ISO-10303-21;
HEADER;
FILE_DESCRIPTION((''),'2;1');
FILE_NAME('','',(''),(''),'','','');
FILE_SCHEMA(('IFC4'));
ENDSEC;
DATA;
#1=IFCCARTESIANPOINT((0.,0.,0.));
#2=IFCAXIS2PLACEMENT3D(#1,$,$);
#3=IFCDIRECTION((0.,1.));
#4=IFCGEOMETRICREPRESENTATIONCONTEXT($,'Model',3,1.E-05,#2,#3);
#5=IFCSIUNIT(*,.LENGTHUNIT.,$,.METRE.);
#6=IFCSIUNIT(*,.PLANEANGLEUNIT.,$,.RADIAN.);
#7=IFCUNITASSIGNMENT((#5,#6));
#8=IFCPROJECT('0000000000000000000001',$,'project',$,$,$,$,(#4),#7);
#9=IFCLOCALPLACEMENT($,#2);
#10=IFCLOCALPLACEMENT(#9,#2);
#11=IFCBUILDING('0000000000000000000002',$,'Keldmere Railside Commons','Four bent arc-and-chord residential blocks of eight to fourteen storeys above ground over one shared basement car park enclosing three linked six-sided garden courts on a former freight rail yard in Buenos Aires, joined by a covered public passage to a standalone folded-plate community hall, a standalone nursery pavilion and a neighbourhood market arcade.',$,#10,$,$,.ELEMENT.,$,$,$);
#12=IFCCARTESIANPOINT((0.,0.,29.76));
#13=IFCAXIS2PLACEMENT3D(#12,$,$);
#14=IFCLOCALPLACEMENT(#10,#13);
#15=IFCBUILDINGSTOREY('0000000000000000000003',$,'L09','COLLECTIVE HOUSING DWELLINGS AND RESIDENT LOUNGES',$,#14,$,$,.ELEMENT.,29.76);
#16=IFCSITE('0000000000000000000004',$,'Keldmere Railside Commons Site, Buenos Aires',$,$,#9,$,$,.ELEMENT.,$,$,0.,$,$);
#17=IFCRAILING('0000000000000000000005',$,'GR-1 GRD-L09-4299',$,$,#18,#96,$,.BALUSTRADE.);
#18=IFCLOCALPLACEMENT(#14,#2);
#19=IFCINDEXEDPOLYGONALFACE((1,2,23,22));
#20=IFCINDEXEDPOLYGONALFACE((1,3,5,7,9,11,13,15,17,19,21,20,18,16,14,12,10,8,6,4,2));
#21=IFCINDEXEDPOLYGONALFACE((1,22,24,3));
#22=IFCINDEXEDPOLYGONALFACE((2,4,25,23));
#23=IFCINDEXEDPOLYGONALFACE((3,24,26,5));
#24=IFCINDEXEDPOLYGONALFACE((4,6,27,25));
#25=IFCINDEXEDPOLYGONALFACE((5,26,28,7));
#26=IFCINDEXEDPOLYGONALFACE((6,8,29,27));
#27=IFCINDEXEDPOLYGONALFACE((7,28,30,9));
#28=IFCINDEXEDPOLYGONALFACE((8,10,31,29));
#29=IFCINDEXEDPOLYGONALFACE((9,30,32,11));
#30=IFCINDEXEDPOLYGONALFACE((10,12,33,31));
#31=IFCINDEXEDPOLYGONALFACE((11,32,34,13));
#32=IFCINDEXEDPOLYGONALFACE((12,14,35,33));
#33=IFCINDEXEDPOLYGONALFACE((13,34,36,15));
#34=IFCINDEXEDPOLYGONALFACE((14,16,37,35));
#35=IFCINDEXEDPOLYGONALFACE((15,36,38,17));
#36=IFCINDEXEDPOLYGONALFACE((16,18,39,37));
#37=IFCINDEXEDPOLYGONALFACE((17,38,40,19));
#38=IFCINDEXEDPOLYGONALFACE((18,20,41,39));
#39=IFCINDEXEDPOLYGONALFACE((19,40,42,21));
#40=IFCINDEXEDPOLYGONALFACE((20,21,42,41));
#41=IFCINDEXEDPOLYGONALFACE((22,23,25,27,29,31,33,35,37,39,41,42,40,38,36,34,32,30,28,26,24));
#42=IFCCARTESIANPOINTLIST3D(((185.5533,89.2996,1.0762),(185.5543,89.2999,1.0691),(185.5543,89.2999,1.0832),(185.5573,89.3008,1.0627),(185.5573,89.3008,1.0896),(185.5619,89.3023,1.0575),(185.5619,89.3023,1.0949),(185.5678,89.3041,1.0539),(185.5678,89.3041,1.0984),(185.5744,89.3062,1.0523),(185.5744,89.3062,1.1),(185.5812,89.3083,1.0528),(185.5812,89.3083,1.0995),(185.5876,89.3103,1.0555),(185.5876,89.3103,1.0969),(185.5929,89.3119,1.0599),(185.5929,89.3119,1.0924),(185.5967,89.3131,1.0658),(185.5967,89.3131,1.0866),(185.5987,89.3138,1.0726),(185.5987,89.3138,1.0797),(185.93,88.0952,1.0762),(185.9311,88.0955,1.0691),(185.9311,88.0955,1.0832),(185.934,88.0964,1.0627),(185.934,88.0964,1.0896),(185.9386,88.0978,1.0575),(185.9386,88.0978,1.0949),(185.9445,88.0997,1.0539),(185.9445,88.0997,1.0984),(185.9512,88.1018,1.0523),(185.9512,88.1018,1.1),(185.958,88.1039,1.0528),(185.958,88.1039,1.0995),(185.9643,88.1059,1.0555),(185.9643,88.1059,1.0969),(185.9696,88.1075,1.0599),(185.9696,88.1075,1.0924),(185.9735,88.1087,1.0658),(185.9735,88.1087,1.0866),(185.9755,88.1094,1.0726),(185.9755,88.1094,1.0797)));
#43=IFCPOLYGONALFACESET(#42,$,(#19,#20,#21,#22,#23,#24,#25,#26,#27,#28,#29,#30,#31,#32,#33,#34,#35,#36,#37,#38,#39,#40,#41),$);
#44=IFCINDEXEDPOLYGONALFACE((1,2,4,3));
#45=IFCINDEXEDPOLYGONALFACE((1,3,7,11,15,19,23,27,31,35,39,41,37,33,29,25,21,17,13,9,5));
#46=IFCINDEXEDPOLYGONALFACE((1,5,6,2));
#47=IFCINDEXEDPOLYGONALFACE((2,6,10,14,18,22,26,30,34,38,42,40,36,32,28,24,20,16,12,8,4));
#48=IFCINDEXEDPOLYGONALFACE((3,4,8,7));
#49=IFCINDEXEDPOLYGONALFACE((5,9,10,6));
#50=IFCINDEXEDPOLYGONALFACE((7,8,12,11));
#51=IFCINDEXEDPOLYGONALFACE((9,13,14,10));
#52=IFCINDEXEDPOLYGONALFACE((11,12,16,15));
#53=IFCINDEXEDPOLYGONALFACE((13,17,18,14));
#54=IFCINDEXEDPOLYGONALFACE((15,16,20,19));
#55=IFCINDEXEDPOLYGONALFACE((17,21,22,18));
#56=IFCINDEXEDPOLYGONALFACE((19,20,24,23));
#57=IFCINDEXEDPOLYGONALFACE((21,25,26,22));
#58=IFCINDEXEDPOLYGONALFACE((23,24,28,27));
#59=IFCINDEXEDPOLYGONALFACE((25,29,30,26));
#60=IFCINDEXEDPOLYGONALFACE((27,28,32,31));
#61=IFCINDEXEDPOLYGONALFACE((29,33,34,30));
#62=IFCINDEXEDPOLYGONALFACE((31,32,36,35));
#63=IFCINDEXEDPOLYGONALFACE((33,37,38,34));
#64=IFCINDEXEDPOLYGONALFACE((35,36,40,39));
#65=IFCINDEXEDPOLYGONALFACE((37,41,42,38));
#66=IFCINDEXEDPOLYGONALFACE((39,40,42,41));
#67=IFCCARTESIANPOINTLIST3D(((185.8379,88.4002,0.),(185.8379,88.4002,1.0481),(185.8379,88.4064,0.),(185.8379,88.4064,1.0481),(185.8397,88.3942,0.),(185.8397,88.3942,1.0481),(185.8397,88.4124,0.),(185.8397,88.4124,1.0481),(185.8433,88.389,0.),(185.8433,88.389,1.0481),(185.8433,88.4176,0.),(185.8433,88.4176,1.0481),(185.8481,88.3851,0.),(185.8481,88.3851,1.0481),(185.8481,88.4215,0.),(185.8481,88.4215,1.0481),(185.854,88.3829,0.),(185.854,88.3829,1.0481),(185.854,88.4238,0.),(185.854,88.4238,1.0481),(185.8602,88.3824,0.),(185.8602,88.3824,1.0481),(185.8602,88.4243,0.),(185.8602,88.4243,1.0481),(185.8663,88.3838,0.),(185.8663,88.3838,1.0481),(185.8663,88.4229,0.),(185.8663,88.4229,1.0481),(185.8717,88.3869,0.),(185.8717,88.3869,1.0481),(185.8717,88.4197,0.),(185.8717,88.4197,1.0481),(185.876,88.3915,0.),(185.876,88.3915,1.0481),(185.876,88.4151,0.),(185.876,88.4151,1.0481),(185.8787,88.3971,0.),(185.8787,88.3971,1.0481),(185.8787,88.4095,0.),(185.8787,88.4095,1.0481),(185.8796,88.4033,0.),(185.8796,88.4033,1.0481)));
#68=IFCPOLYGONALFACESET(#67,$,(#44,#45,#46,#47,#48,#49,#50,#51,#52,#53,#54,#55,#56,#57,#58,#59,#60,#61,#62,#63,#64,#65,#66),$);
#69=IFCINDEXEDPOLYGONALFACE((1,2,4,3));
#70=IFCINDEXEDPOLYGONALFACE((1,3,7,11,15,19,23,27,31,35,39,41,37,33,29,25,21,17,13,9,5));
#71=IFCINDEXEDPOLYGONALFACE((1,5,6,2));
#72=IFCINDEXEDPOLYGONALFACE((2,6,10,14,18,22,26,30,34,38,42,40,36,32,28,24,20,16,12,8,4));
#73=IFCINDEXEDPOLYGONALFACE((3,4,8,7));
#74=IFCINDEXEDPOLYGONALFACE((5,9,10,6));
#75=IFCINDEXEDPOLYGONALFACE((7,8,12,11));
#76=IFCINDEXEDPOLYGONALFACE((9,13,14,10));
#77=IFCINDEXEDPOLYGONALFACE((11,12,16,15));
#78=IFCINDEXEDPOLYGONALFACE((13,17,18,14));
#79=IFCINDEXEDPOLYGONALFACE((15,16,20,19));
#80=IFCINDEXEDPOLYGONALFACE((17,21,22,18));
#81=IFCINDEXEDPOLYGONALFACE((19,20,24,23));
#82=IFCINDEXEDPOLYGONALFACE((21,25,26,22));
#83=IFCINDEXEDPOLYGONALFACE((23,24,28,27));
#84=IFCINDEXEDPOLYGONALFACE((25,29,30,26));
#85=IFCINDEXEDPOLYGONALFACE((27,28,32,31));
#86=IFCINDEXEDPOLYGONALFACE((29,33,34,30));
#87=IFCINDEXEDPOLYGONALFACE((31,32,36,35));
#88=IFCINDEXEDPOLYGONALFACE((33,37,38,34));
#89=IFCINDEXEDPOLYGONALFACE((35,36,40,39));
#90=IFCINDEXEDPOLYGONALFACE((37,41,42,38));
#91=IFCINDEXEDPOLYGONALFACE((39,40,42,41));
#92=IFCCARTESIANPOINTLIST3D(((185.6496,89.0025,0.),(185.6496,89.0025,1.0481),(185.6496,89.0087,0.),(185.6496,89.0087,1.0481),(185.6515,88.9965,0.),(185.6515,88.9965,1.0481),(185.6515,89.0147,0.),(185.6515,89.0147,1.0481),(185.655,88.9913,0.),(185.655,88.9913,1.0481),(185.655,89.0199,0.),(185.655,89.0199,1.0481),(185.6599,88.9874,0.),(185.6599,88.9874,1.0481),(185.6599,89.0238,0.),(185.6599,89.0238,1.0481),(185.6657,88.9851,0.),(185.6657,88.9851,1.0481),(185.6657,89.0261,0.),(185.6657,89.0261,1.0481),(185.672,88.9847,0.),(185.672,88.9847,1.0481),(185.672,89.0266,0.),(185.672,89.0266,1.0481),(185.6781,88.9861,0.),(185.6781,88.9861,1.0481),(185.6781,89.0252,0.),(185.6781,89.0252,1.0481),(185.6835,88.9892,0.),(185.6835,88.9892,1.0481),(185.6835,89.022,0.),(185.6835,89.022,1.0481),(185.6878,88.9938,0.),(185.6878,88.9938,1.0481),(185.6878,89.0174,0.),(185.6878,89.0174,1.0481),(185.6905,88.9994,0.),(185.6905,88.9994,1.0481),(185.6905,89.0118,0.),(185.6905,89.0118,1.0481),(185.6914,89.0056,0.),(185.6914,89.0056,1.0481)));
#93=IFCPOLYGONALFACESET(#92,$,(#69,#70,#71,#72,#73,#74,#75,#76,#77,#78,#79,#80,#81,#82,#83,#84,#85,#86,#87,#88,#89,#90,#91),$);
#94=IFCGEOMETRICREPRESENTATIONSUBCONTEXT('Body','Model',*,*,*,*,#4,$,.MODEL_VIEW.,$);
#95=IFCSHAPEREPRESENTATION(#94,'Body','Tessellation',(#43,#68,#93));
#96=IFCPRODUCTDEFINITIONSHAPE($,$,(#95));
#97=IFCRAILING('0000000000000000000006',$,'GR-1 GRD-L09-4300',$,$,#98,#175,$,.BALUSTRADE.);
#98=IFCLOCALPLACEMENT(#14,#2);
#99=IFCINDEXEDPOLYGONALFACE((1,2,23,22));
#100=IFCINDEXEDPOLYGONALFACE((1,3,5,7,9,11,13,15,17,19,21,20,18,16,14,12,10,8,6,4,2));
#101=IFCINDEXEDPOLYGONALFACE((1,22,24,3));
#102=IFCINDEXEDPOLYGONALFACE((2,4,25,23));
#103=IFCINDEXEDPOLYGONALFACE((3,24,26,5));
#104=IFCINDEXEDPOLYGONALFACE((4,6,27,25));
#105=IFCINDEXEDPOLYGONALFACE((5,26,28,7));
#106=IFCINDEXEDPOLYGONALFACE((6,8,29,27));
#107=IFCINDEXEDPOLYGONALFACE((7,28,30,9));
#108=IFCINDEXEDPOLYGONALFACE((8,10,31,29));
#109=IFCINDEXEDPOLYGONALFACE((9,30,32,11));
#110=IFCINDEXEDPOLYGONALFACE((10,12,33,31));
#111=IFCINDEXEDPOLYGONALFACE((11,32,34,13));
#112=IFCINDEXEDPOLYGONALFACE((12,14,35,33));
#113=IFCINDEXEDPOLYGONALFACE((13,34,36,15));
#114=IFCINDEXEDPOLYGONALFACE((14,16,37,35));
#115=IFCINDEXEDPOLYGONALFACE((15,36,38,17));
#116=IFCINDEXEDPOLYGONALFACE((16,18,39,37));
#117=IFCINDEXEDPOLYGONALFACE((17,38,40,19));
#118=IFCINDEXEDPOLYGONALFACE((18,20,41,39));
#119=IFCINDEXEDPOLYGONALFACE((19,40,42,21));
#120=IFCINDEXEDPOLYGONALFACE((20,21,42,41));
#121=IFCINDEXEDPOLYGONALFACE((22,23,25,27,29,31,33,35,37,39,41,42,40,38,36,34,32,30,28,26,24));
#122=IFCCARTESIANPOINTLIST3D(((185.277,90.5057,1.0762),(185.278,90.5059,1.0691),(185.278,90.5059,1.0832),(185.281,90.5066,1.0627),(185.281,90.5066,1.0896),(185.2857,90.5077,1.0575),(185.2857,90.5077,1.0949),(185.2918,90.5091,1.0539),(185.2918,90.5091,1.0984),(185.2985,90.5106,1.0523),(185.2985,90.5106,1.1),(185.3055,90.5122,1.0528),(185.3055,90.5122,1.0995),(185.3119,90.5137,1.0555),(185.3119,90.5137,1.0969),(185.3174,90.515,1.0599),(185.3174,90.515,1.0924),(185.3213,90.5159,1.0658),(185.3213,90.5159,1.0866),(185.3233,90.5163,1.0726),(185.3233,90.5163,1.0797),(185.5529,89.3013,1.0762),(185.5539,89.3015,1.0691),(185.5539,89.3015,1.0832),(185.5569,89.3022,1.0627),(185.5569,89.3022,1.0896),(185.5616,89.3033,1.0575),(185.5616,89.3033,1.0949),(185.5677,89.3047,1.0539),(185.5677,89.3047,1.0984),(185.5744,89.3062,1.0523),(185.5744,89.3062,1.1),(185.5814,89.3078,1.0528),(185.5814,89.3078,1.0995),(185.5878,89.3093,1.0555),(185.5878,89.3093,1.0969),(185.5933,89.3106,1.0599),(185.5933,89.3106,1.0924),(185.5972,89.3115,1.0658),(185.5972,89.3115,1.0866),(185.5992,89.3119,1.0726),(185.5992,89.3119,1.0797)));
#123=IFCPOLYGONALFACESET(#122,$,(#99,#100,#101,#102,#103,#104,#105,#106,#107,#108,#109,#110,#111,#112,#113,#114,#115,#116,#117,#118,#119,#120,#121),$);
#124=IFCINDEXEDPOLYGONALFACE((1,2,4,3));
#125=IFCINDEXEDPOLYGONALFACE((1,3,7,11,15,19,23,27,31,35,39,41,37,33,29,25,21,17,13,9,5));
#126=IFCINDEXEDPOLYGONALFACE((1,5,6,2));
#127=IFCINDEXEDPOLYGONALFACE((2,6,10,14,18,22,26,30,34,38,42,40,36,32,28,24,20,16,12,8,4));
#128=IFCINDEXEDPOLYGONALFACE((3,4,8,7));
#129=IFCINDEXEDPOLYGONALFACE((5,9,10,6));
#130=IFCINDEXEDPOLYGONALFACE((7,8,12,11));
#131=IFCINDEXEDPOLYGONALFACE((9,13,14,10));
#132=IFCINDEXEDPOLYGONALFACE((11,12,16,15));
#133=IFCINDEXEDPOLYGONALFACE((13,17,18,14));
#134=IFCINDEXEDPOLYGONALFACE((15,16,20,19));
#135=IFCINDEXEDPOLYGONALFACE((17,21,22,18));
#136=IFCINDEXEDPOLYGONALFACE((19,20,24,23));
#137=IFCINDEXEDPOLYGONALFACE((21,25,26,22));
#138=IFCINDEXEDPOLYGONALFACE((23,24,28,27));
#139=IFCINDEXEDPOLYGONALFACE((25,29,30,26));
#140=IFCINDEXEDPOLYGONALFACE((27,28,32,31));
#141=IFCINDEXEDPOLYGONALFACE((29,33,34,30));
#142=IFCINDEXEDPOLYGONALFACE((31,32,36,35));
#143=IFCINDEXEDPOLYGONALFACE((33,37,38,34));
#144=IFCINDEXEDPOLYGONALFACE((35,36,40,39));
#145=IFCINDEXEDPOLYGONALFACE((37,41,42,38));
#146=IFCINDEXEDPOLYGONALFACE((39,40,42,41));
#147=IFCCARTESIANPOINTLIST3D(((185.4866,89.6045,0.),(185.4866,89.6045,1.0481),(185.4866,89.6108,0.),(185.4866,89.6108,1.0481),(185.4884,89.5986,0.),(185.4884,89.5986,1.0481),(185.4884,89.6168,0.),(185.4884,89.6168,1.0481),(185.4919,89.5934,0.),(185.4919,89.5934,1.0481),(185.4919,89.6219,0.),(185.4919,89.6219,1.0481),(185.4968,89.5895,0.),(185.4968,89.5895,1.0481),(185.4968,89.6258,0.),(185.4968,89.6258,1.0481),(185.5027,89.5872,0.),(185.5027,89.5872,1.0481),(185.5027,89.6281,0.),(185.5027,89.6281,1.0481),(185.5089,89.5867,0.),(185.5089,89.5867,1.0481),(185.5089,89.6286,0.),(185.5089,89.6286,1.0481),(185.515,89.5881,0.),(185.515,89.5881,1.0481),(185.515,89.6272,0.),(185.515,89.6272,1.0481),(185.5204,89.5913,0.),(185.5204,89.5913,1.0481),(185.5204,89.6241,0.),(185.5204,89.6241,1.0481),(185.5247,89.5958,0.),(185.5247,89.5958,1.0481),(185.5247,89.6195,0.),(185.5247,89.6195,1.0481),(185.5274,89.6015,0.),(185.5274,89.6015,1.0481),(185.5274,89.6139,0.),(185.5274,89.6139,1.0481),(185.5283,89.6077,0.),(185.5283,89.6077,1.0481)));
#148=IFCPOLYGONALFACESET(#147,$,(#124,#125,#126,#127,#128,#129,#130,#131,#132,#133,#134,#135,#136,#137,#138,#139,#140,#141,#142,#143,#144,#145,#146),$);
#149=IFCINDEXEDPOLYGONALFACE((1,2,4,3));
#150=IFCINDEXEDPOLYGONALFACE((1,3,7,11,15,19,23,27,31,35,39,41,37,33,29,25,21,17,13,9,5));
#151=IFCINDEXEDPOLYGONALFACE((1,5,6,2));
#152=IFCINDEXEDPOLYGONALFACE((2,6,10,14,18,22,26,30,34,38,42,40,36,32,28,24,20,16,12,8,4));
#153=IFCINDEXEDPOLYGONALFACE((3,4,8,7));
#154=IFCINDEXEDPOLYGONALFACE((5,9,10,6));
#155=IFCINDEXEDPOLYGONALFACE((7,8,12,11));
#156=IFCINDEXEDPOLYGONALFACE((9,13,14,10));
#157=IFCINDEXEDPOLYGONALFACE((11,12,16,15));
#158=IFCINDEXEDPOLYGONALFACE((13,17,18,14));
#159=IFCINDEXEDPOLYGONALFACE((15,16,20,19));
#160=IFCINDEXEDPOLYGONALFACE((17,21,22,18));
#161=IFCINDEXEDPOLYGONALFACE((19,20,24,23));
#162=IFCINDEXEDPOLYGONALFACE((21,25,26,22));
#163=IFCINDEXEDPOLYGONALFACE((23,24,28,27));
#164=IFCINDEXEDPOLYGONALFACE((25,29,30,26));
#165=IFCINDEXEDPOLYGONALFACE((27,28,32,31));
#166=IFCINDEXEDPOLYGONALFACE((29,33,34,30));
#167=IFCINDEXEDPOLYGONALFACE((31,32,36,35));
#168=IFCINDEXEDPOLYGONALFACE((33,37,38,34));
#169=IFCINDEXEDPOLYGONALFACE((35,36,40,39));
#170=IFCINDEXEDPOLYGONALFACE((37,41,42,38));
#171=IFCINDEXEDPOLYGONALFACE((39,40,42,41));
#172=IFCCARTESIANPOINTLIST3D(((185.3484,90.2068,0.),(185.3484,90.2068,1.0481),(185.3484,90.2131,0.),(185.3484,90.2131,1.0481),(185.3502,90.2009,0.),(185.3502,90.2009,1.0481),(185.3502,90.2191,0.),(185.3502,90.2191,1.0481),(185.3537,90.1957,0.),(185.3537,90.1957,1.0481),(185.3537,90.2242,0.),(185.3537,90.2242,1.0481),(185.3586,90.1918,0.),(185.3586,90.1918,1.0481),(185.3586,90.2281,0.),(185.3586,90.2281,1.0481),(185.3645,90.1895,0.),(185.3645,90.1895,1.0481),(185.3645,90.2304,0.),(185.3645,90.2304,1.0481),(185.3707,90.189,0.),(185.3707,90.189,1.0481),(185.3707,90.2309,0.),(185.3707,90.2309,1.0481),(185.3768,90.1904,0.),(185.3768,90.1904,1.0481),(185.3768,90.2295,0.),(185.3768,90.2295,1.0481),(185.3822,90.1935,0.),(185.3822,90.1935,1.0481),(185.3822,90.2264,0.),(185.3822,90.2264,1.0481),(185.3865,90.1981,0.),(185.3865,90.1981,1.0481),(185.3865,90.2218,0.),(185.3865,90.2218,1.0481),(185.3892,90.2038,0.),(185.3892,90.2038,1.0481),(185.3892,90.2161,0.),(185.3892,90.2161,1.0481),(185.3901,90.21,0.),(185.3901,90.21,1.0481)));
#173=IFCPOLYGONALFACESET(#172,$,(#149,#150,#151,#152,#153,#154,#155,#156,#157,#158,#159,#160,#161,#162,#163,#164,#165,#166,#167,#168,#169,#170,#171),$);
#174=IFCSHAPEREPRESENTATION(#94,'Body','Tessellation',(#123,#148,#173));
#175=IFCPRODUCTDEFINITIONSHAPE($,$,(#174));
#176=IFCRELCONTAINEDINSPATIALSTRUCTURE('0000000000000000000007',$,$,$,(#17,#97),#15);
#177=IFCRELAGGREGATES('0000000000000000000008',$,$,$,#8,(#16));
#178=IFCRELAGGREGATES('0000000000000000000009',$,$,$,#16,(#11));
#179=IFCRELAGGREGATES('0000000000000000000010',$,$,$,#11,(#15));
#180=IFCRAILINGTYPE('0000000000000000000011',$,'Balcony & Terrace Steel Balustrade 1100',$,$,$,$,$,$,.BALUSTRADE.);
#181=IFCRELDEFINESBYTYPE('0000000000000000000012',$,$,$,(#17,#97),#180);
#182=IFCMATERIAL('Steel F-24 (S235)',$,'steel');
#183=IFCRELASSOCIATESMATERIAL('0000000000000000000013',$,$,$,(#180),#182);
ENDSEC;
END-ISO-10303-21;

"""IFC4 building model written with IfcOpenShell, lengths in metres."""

from ifc_helpers import new_model, si_unit, direction, frame, origin, origin_2d, place, context, subcontext, project, spatial, circle, extrude, material, type_object, element, save


model = new_model("IFC4")

# Units and contexts
model_context = context("Model", 3, precision=1e-05, world=origin(), true_north=direction((0.0, 1.0)))
body_context = subcontext(model_context, "Body", "Model", "MODEL_VIEW")
ifc_project = project(units=[si_unit("LENGTHUNIT", "METRE"), si_unit("PLANEANGLEUNIT", "RADIAN")], contexts=[model_context])

# Site, building, storey
site_placement = place(None, origin())
site = spatial("IfcSite", under=ifc_project, at=site_placement, Name="Keldmere Railside Commons Site, Buenos Aires", CompositionType="ELEMENT", RefElevation=0.0)
building_placement = place(site_placement, origin())
building = spatial("IfcBuilding", under=site, at=building_placement, Name="Keldmere Railside Commons", Description="Four bent arc-and-chord residential blocks of eight to fourteen storeys above ground over one shared basement car park enclosing three linked six-sided garden courts on a former freight rail yard in Buenos Aires, joined by a covered public passage to a standalone folded-plate community hall, a standalone nursery pavilion and a neighbourhood market arcade.", CompositionType="ELEMENT")
storey_placement = place(building_placement, frame((0.0, 0.0, 29.76)))
storey = spatial("IfcBuildingStorey", under=building, at=storey_placement, Name="L09", Description="COLLECTIVE HOUSING DWELLINGS AND RESIDENT LOUNGES", CompositionType="ELEMENT", Elevation=29.76)

# Railings
ifc_material_1 = material(Name="Steel F-24 (S235)", Category="steel")
railing_type = type_object("IfcRailingType", Name="Balcony & Terrace Steel Balustrade 1100", PredefinedType="BALUSTRADE", material=ifc_material_1)
railing_1_placement = place(storey_placement, frame((185.9529, 88.1023, 0.0)))
element("IfcRailing", 1, at=railing_1_placement, inside=storey, type_object=railing_type, Name="GR-1 GRD-L09-4299", PredefinedType="BALUSTRADE", context=body_context, shape_type="SweptSolid", body=[
    extrude(circle(Radius=0.0239, at=origin_2d()), frame((0.0, 0.0, 1.0762), z_axis=(-0.298528, 0.954401, 0.0), x_axis=(-0.954401, -0.298528, 0.0)), (0.0, 0.0, 1.0), 1.262),
    extrude(circle(Radius=0.021, at=origin_2d()), frame((-0.0942, 0.301, 0.0)), (0.0, 0.0, 1.0), 1.0481),
    extrude(circle(Radius=0.021, at=origin_2d()), frame((-0.2825, 0.9033, 0.0)), (0.0, 0.0, 1.0), 1.0481),
])
railing_2_placement = place(storey_placement, frame((185.5762, 89.3066, 0.0)))
element("IfcRailing", 2, at=railing_2_placement, inside=storey, type_object=railing_type, Name="GR-1 GRD-L09-4300", PredefinedType="BALUSTRADE", context=body_context, shape_type="SweptSolid", body=[
    extrude(circle(Radius=0.0239, at=origin_2d()), frame((0.0, 0.0, 1.0762), z_axis=(-0.223286, 0.974753, 0.0), x_axis=(-0.974753, -0.223286, 0.0)), (0.0, 0.0, 1.0), 1.2356),
    extrude(circle(Radius=0.021, at=origin_2d()), frame((-0.0688, 0.301, 0.0)), (0.0, 0.0, 1.0), 1.0481),
    extrude(circle(Radius=0.021, at=origin_2d()), frame((-0.207, 0.9033, 0.0)), (0.0, 0.0, 1.0), 1.0481),
])

save(model, "model.ifc")
